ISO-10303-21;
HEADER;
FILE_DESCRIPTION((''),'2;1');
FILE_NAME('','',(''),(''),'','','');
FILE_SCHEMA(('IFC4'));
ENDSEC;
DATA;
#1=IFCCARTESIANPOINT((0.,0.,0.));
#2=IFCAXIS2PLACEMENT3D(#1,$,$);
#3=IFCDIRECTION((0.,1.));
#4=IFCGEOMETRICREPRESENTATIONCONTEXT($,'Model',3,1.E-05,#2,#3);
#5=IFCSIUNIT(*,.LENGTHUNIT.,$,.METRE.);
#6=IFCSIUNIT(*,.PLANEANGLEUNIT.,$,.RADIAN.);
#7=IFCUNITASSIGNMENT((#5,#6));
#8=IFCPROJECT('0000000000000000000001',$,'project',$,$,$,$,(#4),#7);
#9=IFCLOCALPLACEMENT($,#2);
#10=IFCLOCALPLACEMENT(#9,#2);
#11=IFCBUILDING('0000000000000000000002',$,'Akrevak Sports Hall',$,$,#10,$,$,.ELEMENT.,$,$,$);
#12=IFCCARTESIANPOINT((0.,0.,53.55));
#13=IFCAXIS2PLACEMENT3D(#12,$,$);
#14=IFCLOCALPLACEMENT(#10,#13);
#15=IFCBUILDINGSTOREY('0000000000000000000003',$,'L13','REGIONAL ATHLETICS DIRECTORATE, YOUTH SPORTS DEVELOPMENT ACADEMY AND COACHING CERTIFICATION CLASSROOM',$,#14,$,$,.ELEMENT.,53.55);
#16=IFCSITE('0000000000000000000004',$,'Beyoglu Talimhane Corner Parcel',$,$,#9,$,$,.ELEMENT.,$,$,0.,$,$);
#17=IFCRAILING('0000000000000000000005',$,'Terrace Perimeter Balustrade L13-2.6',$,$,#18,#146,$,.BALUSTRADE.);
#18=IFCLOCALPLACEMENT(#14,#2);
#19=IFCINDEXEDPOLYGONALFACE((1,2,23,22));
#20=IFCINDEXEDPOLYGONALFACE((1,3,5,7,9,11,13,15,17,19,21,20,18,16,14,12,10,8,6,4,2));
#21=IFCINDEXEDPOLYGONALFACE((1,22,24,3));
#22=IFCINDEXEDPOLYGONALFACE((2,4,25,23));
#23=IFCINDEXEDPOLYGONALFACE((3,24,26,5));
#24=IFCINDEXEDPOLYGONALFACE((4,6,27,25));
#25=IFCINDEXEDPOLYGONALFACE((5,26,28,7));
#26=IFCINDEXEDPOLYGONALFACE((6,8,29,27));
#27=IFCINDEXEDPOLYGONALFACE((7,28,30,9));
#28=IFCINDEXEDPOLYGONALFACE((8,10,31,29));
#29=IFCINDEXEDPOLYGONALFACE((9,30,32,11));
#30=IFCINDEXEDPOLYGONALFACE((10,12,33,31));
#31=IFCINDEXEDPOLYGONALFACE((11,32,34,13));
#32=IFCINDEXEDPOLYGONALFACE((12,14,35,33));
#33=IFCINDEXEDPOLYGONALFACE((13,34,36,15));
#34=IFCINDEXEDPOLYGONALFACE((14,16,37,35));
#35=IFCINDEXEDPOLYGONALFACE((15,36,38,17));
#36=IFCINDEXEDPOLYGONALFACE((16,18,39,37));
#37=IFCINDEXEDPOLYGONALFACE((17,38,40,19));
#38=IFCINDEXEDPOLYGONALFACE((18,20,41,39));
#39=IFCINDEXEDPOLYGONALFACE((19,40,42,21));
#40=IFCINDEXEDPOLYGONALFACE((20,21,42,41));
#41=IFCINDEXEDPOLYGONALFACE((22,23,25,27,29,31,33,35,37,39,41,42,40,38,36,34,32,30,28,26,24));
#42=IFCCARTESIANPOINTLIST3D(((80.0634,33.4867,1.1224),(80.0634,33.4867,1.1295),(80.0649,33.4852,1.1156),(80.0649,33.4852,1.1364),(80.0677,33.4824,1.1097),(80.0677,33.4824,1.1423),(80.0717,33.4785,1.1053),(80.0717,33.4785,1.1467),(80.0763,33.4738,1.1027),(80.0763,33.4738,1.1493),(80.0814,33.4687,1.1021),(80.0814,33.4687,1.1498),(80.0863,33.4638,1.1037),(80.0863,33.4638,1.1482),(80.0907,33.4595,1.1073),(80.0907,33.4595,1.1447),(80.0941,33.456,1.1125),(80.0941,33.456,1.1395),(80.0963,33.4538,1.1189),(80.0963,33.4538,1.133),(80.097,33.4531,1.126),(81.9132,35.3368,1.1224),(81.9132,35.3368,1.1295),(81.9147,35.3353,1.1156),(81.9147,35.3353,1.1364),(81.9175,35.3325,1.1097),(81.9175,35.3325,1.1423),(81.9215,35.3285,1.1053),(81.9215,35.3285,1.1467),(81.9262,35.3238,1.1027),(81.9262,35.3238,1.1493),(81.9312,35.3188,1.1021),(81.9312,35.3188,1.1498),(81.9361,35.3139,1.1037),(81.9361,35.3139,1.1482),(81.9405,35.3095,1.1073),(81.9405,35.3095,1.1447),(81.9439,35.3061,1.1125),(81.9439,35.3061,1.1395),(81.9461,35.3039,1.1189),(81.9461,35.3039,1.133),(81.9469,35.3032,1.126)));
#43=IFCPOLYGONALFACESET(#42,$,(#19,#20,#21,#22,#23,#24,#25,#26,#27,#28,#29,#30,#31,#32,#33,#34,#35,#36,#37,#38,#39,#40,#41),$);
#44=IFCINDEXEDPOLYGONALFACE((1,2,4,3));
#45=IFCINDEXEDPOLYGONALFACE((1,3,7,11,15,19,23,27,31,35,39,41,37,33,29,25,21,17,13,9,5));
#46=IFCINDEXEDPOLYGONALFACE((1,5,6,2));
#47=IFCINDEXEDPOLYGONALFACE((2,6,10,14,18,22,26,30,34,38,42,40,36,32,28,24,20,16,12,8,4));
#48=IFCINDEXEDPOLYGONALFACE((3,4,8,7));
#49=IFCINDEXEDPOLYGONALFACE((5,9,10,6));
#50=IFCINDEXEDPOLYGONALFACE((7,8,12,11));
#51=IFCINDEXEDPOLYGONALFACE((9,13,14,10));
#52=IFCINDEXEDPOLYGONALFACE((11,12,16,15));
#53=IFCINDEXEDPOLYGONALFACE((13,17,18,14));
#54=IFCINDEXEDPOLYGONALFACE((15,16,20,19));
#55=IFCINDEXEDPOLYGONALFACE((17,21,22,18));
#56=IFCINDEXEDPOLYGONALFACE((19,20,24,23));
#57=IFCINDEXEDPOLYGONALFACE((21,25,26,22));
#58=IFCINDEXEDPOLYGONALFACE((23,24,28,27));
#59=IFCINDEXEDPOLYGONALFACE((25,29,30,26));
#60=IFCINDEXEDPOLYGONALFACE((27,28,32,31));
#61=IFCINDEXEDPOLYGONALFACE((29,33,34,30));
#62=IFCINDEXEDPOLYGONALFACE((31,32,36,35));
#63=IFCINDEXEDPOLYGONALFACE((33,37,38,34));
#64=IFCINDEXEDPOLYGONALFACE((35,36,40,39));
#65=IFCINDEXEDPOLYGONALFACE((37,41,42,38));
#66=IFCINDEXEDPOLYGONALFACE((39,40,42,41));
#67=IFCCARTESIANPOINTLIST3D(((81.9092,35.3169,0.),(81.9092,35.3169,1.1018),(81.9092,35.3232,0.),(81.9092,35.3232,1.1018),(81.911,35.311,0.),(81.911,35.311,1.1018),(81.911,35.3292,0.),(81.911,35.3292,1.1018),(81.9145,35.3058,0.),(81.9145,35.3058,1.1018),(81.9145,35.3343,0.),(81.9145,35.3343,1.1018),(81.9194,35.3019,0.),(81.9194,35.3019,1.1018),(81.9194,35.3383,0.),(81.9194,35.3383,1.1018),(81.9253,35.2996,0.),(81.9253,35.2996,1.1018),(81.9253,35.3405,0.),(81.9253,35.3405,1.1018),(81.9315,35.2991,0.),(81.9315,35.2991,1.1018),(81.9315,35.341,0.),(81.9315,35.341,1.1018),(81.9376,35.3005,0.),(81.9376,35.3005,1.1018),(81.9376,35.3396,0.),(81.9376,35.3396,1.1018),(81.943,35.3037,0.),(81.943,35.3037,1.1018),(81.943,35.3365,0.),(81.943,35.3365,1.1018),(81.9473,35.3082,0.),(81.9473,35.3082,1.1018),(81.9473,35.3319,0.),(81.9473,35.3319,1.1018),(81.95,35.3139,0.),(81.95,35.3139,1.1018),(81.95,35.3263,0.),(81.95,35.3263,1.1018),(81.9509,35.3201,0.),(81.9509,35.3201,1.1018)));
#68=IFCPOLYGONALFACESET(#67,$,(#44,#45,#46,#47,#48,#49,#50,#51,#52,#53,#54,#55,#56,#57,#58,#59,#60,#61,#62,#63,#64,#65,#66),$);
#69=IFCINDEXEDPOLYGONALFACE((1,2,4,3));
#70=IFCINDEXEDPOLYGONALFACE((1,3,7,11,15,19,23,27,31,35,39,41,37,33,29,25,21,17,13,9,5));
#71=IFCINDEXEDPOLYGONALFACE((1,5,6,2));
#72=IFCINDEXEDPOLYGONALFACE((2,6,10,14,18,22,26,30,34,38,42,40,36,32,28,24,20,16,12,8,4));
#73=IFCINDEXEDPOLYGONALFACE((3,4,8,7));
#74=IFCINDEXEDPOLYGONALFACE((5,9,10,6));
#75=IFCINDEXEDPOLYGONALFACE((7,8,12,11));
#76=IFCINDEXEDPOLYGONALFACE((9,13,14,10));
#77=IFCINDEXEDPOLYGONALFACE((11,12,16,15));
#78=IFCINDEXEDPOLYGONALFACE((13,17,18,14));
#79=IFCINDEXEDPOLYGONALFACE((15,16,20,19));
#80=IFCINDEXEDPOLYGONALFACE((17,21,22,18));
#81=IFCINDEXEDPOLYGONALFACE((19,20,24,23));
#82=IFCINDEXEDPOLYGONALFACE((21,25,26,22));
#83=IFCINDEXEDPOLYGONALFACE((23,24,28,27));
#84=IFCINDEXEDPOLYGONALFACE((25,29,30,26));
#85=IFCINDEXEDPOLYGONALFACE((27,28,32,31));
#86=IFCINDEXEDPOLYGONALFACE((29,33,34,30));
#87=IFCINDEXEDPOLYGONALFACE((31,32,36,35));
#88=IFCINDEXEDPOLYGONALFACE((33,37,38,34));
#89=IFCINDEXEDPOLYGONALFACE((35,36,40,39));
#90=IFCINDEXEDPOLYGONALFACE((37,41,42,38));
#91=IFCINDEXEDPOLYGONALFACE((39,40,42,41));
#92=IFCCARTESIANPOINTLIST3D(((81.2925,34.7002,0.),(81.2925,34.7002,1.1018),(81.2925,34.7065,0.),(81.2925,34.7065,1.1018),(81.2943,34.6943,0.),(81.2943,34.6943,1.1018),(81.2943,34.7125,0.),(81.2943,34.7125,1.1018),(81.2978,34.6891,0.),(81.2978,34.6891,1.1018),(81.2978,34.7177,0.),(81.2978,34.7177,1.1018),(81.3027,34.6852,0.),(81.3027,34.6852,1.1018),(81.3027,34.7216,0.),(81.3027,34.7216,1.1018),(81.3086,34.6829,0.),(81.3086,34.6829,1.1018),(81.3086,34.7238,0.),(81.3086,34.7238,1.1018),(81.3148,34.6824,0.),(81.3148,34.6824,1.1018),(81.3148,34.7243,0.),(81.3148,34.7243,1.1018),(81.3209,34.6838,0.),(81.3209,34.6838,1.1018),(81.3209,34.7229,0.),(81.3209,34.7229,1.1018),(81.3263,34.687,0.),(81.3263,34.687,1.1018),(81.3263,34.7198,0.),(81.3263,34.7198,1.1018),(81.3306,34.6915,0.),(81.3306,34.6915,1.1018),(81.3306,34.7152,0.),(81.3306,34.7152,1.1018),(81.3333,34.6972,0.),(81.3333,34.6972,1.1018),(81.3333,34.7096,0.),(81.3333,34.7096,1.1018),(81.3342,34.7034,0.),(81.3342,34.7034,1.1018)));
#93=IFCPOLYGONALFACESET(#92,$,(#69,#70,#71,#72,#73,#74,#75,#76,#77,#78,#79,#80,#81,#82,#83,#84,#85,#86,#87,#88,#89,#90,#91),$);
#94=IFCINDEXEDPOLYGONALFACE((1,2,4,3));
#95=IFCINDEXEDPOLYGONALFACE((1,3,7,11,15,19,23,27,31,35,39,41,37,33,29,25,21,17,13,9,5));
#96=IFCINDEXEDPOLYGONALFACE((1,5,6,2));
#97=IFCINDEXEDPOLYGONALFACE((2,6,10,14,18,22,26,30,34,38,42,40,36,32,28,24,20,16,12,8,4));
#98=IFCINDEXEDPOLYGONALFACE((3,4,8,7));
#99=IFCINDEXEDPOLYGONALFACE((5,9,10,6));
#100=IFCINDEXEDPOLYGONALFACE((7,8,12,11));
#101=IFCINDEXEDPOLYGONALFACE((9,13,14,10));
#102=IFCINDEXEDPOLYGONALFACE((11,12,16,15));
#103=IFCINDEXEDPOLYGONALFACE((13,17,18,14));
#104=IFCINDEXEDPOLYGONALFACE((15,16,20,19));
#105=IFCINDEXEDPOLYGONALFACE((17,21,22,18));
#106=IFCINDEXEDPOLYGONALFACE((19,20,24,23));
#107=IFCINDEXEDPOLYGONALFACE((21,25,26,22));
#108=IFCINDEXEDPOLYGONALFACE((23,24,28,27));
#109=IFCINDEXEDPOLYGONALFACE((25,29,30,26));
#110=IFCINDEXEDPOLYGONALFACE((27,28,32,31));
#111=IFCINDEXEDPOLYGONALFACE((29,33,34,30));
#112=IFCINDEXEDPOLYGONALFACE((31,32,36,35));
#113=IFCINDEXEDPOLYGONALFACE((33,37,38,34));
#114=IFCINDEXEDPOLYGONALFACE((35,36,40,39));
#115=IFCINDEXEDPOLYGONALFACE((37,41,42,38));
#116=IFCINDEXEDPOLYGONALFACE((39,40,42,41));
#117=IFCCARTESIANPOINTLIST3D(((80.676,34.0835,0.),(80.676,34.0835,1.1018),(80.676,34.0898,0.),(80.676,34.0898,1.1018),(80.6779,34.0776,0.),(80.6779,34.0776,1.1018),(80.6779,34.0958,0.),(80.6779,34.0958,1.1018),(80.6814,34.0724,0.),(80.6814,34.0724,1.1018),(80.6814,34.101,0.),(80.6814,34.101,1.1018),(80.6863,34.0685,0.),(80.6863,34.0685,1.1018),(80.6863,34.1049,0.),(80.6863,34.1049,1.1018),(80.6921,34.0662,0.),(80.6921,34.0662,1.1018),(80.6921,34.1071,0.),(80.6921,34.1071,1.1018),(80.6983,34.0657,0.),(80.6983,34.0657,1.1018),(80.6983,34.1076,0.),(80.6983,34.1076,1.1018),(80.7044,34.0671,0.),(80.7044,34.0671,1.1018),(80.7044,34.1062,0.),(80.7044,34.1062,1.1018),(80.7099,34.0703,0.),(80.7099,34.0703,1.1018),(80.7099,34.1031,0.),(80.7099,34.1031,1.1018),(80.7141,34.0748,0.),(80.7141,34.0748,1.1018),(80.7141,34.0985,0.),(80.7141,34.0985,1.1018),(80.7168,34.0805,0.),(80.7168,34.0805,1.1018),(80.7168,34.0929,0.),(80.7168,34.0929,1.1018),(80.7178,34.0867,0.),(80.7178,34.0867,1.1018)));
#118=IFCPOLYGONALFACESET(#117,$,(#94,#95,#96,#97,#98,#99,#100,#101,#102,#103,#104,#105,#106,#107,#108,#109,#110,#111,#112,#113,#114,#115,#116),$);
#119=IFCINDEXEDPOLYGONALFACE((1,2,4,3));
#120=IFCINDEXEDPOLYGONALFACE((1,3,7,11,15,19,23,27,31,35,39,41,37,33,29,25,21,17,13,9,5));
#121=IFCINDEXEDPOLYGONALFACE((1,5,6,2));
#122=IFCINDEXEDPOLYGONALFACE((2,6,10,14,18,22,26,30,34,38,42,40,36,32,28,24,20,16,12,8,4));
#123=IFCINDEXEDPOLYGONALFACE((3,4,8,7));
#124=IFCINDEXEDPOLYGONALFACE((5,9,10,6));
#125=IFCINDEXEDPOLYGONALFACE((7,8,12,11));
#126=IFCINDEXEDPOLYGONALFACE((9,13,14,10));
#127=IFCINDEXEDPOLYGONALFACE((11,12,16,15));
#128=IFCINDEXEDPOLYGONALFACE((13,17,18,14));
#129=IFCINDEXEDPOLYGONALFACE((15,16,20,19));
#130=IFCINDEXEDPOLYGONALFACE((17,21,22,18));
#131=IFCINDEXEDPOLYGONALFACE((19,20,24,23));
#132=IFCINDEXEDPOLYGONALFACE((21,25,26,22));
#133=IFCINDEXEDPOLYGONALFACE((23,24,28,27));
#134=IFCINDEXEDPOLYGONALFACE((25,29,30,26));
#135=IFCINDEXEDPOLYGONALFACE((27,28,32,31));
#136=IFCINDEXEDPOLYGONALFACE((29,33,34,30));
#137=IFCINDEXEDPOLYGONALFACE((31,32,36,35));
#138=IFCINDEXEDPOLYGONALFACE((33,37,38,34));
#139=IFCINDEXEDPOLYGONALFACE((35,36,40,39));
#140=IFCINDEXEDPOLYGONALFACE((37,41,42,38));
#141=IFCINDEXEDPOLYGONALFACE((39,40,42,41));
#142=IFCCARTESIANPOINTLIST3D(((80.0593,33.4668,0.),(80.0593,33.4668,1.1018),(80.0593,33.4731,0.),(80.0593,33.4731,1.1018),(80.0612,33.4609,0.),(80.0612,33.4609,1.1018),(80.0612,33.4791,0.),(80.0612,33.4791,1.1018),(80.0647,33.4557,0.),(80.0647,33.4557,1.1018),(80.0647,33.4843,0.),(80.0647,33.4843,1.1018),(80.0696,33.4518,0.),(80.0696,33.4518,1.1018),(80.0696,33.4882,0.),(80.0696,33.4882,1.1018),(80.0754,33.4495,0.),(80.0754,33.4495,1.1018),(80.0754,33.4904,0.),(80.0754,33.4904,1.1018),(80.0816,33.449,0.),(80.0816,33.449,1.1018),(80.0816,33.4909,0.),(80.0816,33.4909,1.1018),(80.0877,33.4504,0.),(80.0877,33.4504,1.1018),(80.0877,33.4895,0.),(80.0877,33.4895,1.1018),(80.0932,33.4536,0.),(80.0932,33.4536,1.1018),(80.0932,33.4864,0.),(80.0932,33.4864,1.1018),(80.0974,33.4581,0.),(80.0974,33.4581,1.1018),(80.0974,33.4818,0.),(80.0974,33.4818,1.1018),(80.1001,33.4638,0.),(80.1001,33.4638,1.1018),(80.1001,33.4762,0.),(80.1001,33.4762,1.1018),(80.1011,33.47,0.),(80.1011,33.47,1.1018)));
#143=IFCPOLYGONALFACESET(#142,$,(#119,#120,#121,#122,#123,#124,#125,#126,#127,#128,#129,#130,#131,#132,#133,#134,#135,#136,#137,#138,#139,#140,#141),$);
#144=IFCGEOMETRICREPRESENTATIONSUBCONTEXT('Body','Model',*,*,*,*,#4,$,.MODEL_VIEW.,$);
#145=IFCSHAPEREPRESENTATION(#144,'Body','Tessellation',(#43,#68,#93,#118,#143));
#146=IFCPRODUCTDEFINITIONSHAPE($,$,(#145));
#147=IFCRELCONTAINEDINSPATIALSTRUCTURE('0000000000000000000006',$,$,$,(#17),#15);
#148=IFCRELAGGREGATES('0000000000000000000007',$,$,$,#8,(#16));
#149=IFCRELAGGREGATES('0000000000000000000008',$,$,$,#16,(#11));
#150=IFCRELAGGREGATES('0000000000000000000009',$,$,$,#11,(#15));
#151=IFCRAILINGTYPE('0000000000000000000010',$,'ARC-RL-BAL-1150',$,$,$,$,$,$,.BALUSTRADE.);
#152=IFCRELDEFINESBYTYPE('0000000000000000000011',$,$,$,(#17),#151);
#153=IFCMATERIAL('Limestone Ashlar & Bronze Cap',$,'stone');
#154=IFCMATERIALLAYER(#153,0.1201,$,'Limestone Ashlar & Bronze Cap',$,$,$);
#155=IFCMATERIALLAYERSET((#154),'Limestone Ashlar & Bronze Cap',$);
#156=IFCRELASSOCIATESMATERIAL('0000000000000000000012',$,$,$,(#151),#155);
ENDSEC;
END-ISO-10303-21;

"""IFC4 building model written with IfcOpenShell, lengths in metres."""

from ifc_helpers import new_model, si_unit, direction, frame, origin, origin_2d, place, context, subcontext, project, spatial, circle, extrude, material, layer, layer_set, type_object, element, save


model = new_model("IFC4")

# Units and contexts
model_context = context("Model", 3, precision=1e-05, world=origin(), true_north=direction((0.0, 1.0)))
body_context = subcontext(model_context, "Body", "Model", "MODEL_VIEW")
ifc_project = project(units=[si_unit("LENGTHUNIT", "METRE"), si_unit("PLANEANGLEUNIT", "RADIAN")], contexts=[model_context])

# Site, building, storey
site_placement = place(None, origin())
site = spatial("IfcSite", under=ifc_project, at=site_placement, Name="Beyoglu Talimhane Corner Parcel", CompositionType="ELEMENT", RefElevation=0.0)
building_placement = place(site_placement, origin())
building = spatial("IfcBuilding", under=site, at=building_placement, Name="Akrevak Sports Hall", CompositionType="ELEMENT")
storey_placement = place(building_placement, frame((0.0, 0.0, 53.55)))
storey = spatial("IfcBuildingStorey", under=building, at=storey_placement, Name="L13", Description="REGIONAL ATHLETICS DIRECTORATE, YOUTH SPORTS DEVELOPMENT ACADEMY AND COACHING CERTIFICATION CLASSROOM", CompositionType="ELEMENT", Elevation=53.55)

# Railing
ifc_material_1 = material(Name="Limestone Ashlar & Bronze Cap", Category="stone")
ifc_layer_1 = layer(ifc_material_1, 0.1201, Name="Limestone Ashlar & Bronze Cap")
ifc_layer_set_1 = layer_set([ifc_layer_1], Name="Limestone Ashlar & Bronze Cap")
railing_type = type_object("IfcRailingType", Name="ARC-RL-BAL-1150", PredefinedType="BALUSTRADE", material=ifc_layer_set_1)
railing_1_placement = place(storey_placement, frame((81.9299, 35.3201, 0.0)))
element("IfcRailing", 1, at=railing_1_placement, inside=storey, type_object=railing_type, Name="Terrace Perimeter Balustrade L13-2.6", PredefinedType="BALUSTRADE", context=body_context, shape_type="SweptSolid", body=[
    extrude(circle(Radius=0.0239, at=origin_2d()), frame((0.0, 0.0, 1.126), z_axis=(-0.70706, -0.707153, 0.0), x_axis=(0.707153, -0.70706, 0.0)), (0.0, 0.0, 1.0), 2.6162),
    extrude(circle(Radius=0.021, at=origin_2d()), origin(), (0.0, 0.0, 1.0), 1.1018),
    extrude(circle(Radius=0.021, at=origin_2d()), frame((-0.6167, -0.6167, 0.0)), (0.0, 0.0, 1.0), 1.1018),
    extrude(circle(Radius=0.021, at=origin_2d()), frame((-1.2332, -1.2334, 0.0)), (0.0, 0.0, 1.0), 1.1018),
    extrude(circle(Radius=0.021, at=origin_2d()), frame((-1.8499, -1.8501, 0.0)), (0.0, 0.0, 1.0), 1.1018),
])

save(model, "model.ifc")
